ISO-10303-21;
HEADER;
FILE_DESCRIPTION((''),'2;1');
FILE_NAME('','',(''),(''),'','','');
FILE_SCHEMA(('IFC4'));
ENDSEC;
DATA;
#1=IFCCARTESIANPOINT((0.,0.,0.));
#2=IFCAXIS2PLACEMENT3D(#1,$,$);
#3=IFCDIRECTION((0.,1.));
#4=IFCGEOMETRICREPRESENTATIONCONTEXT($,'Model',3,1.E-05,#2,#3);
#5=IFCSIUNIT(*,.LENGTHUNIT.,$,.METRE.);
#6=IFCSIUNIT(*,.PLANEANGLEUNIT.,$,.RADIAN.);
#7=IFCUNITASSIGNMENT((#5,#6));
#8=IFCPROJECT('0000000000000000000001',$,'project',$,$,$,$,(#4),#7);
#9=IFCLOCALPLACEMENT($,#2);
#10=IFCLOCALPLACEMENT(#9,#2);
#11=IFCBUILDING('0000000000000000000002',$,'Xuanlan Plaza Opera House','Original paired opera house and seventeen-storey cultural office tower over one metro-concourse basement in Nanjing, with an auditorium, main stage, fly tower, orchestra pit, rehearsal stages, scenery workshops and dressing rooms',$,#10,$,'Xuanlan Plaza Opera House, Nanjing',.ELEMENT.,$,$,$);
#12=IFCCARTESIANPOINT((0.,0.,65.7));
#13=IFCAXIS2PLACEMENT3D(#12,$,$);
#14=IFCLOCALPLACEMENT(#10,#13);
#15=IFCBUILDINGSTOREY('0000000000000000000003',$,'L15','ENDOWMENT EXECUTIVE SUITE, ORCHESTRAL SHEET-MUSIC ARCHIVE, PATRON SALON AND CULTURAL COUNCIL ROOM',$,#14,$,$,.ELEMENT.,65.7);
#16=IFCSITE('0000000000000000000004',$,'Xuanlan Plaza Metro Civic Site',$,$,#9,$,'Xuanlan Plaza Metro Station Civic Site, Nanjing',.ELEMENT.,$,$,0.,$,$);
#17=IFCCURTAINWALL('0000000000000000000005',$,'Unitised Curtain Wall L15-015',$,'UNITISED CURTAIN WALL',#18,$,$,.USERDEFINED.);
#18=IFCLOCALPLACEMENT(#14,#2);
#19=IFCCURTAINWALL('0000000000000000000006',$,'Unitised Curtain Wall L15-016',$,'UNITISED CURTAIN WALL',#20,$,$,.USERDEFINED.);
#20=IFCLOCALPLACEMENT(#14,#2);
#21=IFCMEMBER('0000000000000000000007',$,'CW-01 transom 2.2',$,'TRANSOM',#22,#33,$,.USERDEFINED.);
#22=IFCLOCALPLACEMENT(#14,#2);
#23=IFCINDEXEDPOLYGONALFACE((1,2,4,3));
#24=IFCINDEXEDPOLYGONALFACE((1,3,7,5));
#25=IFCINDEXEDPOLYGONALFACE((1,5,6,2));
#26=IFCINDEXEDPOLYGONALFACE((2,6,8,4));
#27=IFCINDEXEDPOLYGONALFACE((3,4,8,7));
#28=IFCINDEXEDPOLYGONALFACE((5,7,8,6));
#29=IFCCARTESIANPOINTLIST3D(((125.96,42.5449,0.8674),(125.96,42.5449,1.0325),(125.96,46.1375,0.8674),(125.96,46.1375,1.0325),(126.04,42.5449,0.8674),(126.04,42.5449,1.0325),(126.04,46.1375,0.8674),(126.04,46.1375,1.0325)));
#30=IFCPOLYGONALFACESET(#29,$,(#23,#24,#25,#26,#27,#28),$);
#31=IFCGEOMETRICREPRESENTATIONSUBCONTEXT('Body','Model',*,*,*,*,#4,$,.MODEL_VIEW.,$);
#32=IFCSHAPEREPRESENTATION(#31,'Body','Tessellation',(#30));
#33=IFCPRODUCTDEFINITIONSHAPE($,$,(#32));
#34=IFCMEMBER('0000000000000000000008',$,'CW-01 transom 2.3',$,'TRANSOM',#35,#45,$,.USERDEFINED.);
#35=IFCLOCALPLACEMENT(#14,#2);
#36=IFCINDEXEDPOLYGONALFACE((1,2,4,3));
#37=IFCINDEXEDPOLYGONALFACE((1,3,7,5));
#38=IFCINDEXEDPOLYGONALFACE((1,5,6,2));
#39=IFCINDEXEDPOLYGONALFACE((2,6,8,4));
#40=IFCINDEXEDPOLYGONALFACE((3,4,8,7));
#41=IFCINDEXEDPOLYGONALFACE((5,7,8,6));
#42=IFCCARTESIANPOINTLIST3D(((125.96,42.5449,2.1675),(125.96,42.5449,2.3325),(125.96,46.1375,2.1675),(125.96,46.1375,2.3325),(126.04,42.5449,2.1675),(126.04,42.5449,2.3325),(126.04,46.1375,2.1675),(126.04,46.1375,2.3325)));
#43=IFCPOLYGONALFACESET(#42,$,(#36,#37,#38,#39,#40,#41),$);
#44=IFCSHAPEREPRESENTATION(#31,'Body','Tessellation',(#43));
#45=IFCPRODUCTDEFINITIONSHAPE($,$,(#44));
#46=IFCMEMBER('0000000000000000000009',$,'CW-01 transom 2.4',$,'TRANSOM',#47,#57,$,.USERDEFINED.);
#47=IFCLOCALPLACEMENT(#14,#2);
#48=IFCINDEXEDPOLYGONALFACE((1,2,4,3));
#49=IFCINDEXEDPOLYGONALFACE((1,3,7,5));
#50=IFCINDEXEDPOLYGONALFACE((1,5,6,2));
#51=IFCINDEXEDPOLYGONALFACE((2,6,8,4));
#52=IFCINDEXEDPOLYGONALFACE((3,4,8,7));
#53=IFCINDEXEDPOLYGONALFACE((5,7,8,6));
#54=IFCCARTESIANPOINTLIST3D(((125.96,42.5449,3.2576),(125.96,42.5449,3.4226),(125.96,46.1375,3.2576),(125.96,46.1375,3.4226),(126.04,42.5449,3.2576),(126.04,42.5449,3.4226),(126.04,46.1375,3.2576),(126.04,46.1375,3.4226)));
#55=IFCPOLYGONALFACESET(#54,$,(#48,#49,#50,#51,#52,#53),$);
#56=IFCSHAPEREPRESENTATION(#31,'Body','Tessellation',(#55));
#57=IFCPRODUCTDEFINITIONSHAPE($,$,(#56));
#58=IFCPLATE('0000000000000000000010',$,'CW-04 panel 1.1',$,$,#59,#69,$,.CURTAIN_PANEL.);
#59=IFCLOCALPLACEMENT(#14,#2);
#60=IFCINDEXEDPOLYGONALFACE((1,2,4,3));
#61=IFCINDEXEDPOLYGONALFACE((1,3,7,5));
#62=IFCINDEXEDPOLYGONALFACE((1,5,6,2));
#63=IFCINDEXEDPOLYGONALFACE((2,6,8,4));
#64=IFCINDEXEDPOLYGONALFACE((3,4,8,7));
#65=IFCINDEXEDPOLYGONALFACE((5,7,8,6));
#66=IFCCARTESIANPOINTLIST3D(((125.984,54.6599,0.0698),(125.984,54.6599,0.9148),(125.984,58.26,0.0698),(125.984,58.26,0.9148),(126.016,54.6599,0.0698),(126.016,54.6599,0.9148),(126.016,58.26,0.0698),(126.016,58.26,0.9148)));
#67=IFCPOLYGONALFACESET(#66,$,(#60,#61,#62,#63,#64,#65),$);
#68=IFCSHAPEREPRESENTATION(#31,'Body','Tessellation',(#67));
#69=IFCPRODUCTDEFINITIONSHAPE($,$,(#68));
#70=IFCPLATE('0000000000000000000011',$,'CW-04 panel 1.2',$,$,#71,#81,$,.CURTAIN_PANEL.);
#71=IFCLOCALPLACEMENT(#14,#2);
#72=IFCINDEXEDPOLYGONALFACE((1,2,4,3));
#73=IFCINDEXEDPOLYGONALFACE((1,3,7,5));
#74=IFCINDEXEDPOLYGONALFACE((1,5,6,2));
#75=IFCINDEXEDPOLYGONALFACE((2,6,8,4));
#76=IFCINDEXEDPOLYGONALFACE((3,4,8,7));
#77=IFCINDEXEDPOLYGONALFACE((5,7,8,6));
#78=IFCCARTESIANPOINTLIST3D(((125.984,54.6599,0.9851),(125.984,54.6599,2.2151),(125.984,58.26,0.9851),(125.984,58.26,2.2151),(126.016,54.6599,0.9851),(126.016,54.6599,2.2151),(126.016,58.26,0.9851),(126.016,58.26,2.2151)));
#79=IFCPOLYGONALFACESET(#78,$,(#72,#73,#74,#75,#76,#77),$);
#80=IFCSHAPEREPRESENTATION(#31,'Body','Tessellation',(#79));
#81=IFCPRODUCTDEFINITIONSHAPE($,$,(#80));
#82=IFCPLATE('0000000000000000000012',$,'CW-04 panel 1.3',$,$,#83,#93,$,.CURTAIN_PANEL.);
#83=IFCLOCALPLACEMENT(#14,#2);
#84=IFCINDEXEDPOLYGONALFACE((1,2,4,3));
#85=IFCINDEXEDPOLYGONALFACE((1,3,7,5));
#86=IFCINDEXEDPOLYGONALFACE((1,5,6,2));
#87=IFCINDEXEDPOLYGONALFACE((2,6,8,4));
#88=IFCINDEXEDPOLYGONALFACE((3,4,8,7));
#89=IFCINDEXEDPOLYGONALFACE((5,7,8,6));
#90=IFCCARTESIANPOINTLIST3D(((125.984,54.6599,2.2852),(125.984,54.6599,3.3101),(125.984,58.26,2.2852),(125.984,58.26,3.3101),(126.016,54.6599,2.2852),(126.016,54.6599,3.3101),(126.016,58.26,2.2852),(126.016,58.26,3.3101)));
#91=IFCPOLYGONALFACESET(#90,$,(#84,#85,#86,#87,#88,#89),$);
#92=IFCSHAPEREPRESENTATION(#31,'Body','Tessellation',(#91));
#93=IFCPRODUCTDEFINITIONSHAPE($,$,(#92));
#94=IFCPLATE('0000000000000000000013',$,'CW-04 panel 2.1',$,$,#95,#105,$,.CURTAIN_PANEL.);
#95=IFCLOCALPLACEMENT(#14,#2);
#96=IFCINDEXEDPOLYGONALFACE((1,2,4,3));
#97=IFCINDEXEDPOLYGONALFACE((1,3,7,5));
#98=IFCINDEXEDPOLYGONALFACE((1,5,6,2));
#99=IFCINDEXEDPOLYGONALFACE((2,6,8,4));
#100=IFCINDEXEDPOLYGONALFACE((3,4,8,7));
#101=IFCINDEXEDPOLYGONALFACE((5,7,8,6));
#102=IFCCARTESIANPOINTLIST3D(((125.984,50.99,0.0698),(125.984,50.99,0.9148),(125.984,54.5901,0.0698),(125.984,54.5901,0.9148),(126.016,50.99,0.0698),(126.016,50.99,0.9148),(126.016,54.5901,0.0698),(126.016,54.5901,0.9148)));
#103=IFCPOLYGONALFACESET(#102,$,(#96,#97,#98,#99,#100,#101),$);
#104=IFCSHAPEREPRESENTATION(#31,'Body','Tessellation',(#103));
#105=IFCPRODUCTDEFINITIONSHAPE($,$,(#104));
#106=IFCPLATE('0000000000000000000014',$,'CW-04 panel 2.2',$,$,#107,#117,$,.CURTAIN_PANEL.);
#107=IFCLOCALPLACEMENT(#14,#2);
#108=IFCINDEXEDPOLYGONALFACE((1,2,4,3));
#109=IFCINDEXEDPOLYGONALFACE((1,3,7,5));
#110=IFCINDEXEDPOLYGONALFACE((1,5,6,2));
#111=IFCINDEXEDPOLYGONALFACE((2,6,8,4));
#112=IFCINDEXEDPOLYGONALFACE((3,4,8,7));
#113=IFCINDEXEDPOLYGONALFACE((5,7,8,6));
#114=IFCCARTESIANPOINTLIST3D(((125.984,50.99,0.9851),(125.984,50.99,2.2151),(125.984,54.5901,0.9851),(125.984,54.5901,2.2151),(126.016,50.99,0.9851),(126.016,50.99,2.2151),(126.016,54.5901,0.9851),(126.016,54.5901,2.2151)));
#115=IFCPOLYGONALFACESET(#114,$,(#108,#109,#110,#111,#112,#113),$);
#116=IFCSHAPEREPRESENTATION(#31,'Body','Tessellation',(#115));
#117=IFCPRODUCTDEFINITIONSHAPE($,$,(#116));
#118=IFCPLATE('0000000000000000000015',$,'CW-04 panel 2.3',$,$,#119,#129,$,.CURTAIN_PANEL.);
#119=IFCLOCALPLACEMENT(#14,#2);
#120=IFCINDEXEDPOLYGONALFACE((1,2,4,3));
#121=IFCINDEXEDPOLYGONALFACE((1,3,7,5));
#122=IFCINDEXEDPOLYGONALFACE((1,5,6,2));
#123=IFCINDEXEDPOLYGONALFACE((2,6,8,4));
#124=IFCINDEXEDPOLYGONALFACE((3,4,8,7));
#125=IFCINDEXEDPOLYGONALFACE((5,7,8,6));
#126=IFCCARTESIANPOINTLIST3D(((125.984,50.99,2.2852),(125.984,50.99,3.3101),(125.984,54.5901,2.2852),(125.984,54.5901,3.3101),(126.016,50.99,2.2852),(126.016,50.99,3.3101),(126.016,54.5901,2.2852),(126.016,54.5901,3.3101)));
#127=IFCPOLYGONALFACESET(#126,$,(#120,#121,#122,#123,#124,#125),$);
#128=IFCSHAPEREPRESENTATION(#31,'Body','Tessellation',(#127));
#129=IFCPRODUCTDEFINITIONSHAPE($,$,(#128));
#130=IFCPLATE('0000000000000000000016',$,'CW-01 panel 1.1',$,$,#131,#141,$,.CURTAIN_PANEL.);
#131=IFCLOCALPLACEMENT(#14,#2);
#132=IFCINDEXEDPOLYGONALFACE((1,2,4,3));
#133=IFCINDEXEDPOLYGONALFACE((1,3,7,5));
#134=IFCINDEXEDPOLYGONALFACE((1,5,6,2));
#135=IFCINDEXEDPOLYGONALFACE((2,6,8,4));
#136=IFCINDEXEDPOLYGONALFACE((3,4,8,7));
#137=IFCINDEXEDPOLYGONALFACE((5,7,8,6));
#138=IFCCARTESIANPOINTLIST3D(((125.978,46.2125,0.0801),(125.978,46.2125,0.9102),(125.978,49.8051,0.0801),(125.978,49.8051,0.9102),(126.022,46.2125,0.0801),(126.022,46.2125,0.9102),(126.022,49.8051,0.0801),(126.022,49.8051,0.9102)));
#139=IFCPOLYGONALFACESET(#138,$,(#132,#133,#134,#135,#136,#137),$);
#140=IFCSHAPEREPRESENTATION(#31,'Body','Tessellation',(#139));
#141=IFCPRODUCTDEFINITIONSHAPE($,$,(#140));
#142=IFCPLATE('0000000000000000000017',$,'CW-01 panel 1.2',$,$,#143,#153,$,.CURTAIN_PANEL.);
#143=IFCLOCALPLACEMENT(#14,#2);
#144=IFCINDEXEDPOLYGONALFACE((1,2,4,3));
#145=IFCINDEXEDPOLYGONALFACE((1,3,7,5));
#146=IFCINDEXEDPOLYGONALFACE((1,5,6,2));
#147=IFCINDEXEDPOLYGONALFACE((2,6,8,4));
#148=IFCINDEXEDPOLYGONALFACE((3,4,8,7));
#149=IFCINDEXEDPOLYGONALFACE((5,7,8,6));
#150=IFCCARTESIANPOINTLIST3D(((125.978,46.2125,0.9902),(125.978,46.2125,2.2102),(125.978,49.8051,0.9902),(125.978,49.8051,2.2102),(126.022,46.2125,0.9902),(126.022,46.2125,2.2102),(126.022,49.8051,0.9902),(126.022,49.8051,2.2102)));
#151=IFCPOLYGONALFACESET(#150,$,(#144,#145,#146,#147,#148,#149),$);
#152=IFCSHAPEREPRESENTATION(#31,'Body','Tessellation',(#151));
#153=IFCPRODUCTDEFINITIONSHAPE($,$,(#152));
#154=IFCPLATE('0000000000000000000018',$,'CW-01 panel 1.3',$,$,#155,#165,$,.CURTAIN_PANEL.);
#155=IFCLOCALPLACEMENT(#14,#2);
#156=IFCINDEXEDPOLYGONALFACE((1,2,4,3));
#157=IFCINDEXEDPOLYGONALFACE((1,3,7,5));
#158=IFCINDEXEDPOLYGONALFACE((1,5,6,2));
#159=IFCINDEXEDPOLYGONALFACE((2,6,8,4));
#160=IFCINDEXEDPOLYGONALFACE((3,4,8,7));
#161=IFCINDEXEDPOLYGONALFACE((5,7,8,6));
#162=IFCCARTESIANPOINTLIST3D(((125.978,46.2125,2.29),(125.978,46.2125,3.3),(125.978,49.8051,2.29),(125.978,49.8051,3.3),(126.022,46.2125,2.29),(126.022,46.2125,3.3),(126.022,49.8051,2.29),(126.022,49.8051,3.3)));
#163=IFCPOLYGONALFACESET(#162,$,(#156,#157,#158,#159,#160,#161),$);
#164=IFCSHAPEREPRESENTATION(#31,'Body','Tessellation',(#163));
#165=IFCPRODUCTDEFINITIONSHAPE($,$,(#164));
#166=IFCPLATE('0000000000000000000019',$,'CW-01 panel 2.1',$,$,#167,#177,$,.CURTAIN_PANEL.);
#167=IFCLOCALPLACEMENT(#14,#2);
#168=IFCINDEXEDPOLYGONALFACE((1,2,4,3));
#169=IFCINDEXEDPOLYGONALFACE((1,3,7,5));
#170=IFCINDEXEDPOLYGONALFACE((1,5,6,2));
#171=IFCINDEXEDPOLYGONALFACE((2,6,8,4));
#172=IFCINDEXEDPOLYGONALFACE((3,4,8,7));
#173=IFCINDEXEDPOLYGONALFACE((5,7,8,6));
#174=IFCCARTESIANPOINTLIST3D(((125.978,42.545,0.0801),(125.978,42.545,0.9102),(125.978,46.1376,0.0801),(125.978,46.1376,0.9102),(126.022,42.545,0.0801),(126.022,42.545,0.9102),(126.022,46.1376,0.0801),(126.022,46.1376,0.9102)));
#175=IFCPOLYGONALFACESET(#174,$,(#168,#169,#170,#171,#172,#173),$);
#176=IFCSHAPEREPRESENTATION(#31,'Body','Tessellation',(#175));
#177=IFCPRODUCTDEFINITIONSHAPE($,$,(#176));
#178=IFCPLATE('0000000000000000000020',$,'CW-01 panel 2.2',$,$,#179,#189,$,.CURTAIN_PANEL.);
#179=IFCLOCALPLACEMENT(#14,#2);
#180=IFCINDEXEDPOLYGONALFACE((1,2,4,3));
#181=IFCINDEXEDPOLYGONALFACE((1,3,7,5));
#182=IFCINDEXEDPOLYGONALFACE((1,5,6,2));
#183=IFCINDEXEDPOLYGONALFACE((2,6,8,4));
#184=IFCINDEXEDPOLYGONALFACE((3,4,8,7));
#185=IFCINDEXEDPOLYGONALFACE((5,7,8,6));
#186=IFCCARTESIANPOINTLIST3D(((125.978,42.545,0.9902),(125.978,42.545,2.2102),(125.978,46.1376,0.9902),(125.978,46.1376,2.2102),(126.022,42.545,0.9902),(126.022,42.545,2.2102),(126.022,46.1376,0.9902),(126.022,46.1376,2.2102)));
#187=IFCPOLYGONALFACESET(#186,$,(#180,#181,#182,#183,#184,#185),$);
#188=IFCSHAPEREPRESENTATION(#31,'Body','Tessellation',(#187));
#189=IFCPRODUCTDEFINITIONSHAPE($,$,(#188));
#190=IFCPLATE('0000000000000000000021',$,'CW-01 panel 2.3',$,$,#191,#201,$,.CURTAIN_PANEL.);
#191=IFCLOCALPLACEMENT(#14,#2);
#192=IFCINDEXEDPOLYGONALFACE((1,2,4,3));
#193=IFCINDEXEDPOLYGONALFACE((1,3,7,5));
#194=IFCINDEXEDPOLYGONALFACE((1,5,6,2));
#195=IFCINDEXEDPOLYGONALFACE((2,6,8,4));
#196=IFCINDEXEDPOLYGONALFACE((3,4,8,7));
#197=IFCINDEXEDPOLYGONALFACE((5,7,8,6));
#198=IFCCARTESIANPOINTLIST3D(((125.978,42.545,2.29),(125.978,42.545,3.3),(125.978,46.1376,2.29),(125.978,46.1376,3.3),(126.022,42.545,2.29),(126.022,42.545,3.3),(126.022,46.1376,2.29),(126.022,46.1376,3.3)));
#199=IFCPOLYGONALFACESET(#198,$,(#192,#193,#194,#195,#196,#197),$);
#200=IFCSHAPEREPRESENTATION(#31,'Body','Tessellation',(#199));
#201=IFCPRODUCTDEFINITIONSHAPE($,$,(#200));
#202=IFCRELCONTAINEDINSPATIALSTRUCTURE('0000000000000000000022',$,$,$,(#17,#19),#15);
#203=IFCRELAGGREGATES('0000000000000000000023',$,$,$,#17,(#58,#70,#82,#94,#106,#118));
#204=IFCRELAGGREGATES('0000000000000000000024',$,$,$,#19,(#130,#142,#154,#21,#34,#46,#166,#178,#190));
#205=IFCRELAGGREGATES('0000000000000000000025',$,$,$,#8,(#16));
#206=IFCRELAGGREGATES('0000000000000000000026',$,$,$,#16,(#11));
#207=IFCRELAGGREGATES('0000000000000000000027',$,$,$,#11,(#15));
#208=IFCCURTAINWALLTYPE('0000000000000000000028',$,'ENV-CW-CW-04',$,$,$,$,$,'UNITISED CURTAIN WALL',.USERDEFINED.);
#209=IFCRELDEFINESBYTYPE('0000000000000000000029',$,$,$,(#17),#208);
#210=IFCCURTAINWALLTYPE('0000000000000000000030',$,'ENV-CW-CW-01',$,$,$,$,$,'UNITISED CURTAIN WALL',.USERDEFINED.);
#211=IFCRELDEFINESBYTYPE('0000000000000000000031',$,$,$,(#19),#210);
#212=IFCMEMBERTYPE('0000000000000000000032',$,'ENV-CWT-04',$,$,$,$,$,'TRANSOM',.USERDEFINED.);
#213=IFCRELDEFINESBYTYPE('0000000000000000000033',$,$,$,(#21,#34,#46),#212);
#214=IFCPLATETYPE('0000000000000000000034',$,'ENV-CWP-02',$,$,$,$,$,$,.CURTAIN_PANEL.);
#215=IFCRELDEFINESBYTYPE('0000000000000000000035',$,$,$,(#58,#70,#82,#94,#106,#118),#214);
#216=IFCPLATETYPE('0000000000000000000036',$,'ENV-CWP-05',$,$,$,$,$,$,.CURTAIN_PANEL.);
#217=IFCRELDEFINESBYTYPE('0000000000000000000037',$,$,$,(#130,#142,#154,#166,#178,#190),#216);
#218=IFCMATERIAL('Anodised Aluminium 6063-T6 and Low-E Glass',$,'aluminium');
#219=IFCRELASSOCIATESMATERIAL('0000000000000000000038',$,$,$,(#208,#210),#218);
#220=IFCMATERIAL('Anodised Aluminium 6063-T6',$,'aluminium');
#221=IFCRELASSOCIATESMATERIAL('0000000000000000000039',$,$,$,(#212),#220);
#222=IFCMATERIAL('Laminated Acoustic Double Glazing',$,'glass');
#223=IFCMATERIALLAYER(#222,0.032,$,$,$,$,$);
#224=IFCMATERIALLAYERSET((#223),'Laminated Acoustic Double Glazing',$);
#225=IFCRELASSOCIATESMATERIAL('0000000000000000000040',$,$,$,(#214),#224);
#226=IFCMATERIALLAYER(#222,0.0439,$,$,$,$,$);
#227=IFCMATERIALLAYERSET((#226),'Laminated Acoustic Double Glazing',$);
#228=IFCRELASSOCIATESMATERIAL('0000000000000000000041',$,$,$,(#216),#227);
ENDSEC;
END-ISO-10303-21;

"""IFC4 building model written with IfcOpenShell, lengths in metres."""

from ifc_helpers import new_model, si_unit, direction, frame, origin, origin_2d, place, context, subcontext, project, spatial, rectangle, extrude, material, layer, layer_set, material_profile, profile_set, type_object, element, aggregate, save


model = new_model("IFC4")

# Units and contexts
model_context = context("Model", 3, precision=1e-05, world=origin(), true_north=direction((0.0, 1.0)))
body_context = subcontext(model_context, "Body", "Model", "MODEL_VIEW")
ifc_project = project(units=[si_unit("LENGTHUNIT", "METRE"), si_unit("PLANEANGLEUNIT", "RADIAN")], contexts=[model_context])

# Site, building, storey
site_placement = place(None, origin())
site = spatial("IfcSite", under=ifc_project, at=site_placement, Name="Xuanlan Plaza Metro Civic Site", LongName="Xuanlan Plaza Metro Station Civic Site, Nanjing", CompositionType="ELEMENT", RefElevation=0.0)
building_placement = place(site_placement, origin())
building = spatial("IfcBuilding", under=site, at=building_placement, Name="Xuanlan Plaza Opera House", Description="Original paired opera house and seventeen-storey cultural office tower over one metro-concourse basement in Nanjing, with an auditorium, main stage, fly tower, orchestra pit, rehearsal stages, scenery workshops and dressing rooms", LongName="Xuanlan Plaza Opera House, Nanjing", CompositionType="ELEMENT")
storey_placement = place(building_placement, frame((0.0, 0.0, 65.7)))
storey = spatial("IfcBuildingStorey", under=building, at=storey_placement, Name="L15", Description="ENDOWMENT EXECUTIVE SUITE, ORCHESTRAL SHEET-MUSIC ARCHIVE, PATRON SALON AND CULTURAL COUNCIL ROOM", CompositionType="ELEMENT", Elevation=65.7)

# Curtain walls
ifc_material_1 = material(Name="Anodised Aluminium 6063-T6 and Low-E Glass", Category="aluminium")
curtain_wall_type_1 = type_object("IfcCurtainWallType", Name="ENV-CW-CW-04", ElementType="UNITISED CURTAIN WALL", PredefinedType="USERDEFINED", material=ifc_material_1)
curtain_wall_1_placement = place(storey_placement, origin())
curtain_wall_1 = element("IfcCurtainWall", 1, at=curtain_wall_1_placement, inside=storey, type_object=curtain_wall_type_1, Name="Unitised Curtain Wall L15-015", ObjectType="UNITISED CURTAIN WALL", PredefinedType="USERDEFINED")
ifc_material_2 = material(Name="Anodised Aluminium 6063-T6", Category="aluminium")
curtain_wall_type_2 = type_object("IfcCurtainWallType", Name="ENV-CW-CW-01", ElementType="UNITISED CURTAIN WALL", PredefinedType="USERDEFINED", material=ifc_material_1)
curtain_wall_2_placement = place(storey_placement, origin())
curtain_wall_2 = element("IfcCurtainWall", 2, at=curtain_wall_2_placement, inside=storey, type_object=curtain_wall_type_2, Name="Unitised Curtain Wall L15-016", ObjectType="UNITISED CURTAIN WALL", PredefinedType="USERDEFINED")

# Members
ifc_material_profile_1 = material_profile(ifc_material_2, rectangle(XDim=0.0801, YDim=0.165, at=origin_2d()), Name="ALU-T 80x165")
ifc_profile_set_1 = profile_set([ifc_material_profile_1], Name="Anodised Aluminium 6063-T6")
member_type_1 = type_object("IfcMemberType", Name="ENV-CWT-04", ElementType="TRANSOM", PredefinedType="USERDEFINED", material=ifc_profile_set_1)
member_1_placement = place(storey_placement, frame((126.0, 46.1375, 0.95), z_axis=(0.0, -1.0, 0.0), x_axis=(1.0, 0.0, 0.0)))
member_1 = element("IfcMember", 3, at=member_1_placement, type_object=member_type_1, Name="CW-01 transom 2.2", ObjectType="TRANSOM", PredefinedType="USERDEFINED", context=body_context, shape_type="SweptSolid", body=[
    extrude(rectangle(XDim=0.0801, YDim=0.165, at=origin_2d()), origin(), (0.0, 0.0, 1.0), 3.5925),
])
member_2_placement = place(storey_placement, frame((126.0, 46.1375, 2.25), z_axis=(0.0, -1.0, 0.0), x_axis=(1.0, 0.0, 0.0)))
member_2 = element("IfcMember", 4, at=member_2_placement, type_object=member_type_1, Name="CW-01 transom 2.3", ObjectType="TRANSOM", PredefinedType="USERDEFINED", context=body_context, shape_type="SweptSolid", body=[
    extrude(rectangle(XDim=0.0801, YDim=0.165, at=origin_2d()), origin(), (0.0, 0.0, 1.0), 3.5925),
])
member_3_placement = place(storey_placement, frame((126.0, 46.1375, 3.3401), z_axis=(0.0, -1.0, 0.0), x_axis=(1.0, 0.0, 0.0)))
member_3 = element("IfcMember", 5, at=member_3_placement, type_object=member_type_1, Name="CW-01 transom 2.4", ObjectType="TRANSOM", PredefinedType="USERDEFINED", context=body_context, shape_type="SweptSolid", body=[
    extrude(rectangle(XDim=0.0801, YDim=0.165, at=origin_2d()), origin(), (0.0, 0.0, 1.0), 3.5925),
])

# Plates
ifc_material_3 = material(Name="Laminated Acoustic Double Glazing", Category="glass")
ifc_layer_1 = layer(ifc_material_3, 0.032)
ifc_layer_set_1 = layer_set([ifc_layer_1], Name="Laminated Acoustic Double Glazing")
plate_type_1 = type_object("IfcPlateType", Name="ENV-CWP-02", PredefinedType="CURTAIN_PANEL", material=ifc_layer_set_1)
plate_1_placement = place(storey_placement, frame((126.0, 56.46, 0.0698), z_axis=(0.0, 0.0, 1.0), x_axis=(0.0, -1.0, 0.0)))
plate_1 = element("IfcPlate", 6, at=plate_1_placement, type_object=plate_type_1, Name="CW-04 panel 1.1", PredefinedType="CURTAIN_PANEL", context=body_context, shape_type="SweptSolid", body=[
    extrude(rectangle(XDim=3.6001, YDim=0.032, at=origin_2d()), origin(), (0.0, 0.0, 1.0), 0.845),
])
plate_2_placement = place(storey_placement, frame((126.0, 56.46, 0.9851), z_axis=(0.0, 0.0, 1.0), x_axis=(0.0, -1.0, 0.0)))
plate_2 = element("IfcPlate", 7, at=plate_2_placement, type_object=plate_type_1, Name="CW-04 panel 1.2", PredefinedType="CURTAIN_PANEL", context=body_context, shape_type="SweptSolid", body=[
    extrude(rectangle(XDim=3.6001, YDim=0.032, at=origin_2d()), origin(), (0.0, 0.0, 1.0), 1.23),
])
plate_3_placement = place(storey_placement, frame((126.0, 56.46, 2.2852), z_axis=(0.0, 0.0, 1.0), x_axis=(0.0, -1.0, 0.0)))
plate_3 = element("IfcPlate", 8, at=plate_3_placement, type_object=plate_type_1, Name="CW-04 panel 1.3", PredefinedType="CURTAIN_PANEL", context=body_context, shape_type="SweptSolid", body=[
    extrude(rectangle(XDim=3.6001, YDim=0.032, at=origin_2d()), origin(), (0.0, 0.0, 1.0), 1.0249),
])
plate_4_placement = place(storey_placement, frame((126.0, 52.79, 0.0698), z_axis=(0.0, 0.0, 1.0), x_axis=(0.0, -1.0, 0.0)))
plate_4 = element("IfcPlate", 9, at=plate_4_placement, type_object=plate_type_1, Name="CW-04 panel 2.1", PredefinedType="CURTAIN_PANEL", context=body_context, shape_type="SweptSolid", body=[
    extrude(rectangle(XDim=3.6001, YDim=0.032, at=origin_2d()), origin(), (0.0, 0.0, 1.0), 0.845),
])
plate_5_placement = place(storey_placement, frame((126.0, 52.79, 0.9851), z_axis=(0.0, 0.0, 1.0), x_axis=(0.0, -1.0, 0.0)))
plate_5 = element("IfcPlate", 10, at=plate_5_placement, type_object=plate_type_1, Name="CW-04 panel 2.2", PredefinedType="CURTAIN_PANEL", context=body_context, shape_type="SweptSolid", body=[
    extrude(rectangle(XDim=3.6001, YDim=0.032, at=origin_2d()), origin(), (0.0, 0.0, 1.0), 1.23),
])
plate_6_placement = place(storey_placement, frame((126.0, 52.79, 2.2852), z_axis=(0.0, 0.0, 1.0), x_axis=(0.0, -1.0, 0.0)))
plate_6 = element("IfcPlate", 11, at=plate_6_placement, type_object=plate_type_1, Name="CW-04 panel 2.3", PredefinedType="CURTAIN_PANEL", context=body_context, shape_type="SweptSolid", body=[
    extrude(rectangle(XDim=3.6001, YDim=0.032, at=origin_2d()), origin(), (0.0, 0.0, 1.0), 1.0249),
])
aggregate(curtain_wall_1, [plate_1, plate_2, plate_3, plate_4, plate_5, plate_6])
ifc_layer_2 = layer(ifc_material_3, 0.0439)
ifc_layer_set_2 = layer_set([ifc_layer_2], Name="Laminated Acoustic Double Glazing")
plate_type_2 = type_object("IfcPlateType", Name="ENV-CWP-05", PredefinedType="CURTAIN_PANEL", material=ifc_layer_set_2)
plate_7_placement = place(storey_placement, frame((126.0, 48.0088, 0.0801), z_axis=(0.0, 0.0, 1.0), x_axis=(0.0, -1.0, 0.0)))
plate_7 = element("IfcPlate", 12, at=plate_7_placement, type_object=plate_type_2, Name="CW-01 panel 1.1", PredefinedType="CURTAIN_PANEL", context=body_context, shape_type="SweptSolid", body=[
    extrude(rectangle(XDim=3.5925, YDim=0.0439, at=origin_2d()), origin(), (0.0, 0.0, 1.0), 0.8301),
])
plate_8_placement = place(storey_placement, frame((126.0, 48.0088, 0.9902), z_axis=(0.0, 0.0, 1.0), x_axis=(0.0, -1.0, 0.0)))
plate_8 = element("IfcPlate", 13, at=plate_8_placement, type_object=plate_type_2, Name="CW-01 panel 1.2", PredefinedType="CURTAIN_PANEL", context=body_context, shape_type="SweptSolid", body=[
    extrude(rectangle(XDim=3.5925, YDim=0.0439, at=origin_2d()), origin(), (0.0, 0.0, 1.0), 1.22),
])
plate_9_placement = place(storey_placement, frame((126.0, 48.0088, 2.29), z_axis=(0.0, 0.0, 1.0), x_axis=(0.0, -1.0, 0.0)))
plate_9 = element("IfcPlate", 14, at=plate_9_placement, type_object=plate_type_2, Name="CW-01 panel 1.3", PredefinedType="CURTAIN_PANEL", context=body_context, shape_type="SweptSolid", body=[
    extrude(rectangle(XDim=3.5925, YDim=0.0439, at=origin_2d()), origin(), (0.0, 0.0, 1.0), 1.01),
])
plate_10_placement = place(storey_placement, frame((126.0, 44.3413, 0.0801), z_axis=(0.0, 0.0, 1.0), x_axis=(0.0, -1.0, 0.0)))
plate_10 = element("IfcPlate", 15, at=plate_10_placement, type_object=plate_type_2, Name="CW-01 panel 2.1", PredefinedType="CURTAIN_PANEL", context=body_context, shape_type="SweptSolid", body=[
    extrude(rectangle(XDim=3.5925, YDim=0.0439, at=origin_2d()), origin(), (0.0, 0.0, 1.0), 0.8301),
])
plate_11_placement = place(storey_placement, frame((126.0, 44.3413, 0.9902), z_axis=(0.0, 0.0, 1.0), x_axis=(0.0, -1.0, 0.0)))
plate_11 = element("IfcPlate", 16, at=plate_11_placement, type_object=plate_type_2, Name="CW-01 panel 2.2", PredefinedType="CURTAIN_PANEL", context=body_context, shape_type="SweptSolid", body=[
    extrude(rectangle(XDim=3.5925, YDim=0.0439, at=origin_2d()), origin(), (0.0, 0.0, 1.0), 1.22),
])
plate_12_placement = place(storey_placement, frame((126.0, 44.3413, 2.29), z_axis=(0.0, 0.0, 1.0), x_axis=(0.0, -1.0, 0.0)))
plate_12 = element("IfcPlate", 17, at=plate_12_placement, type_object=plate_type_2, Name="CW-01 panel 2.3", PredefinedType="CURTAIN_PANEL", context=body_context, shape_type="SweptSolid", body=[
    extrude(rectangle(XDim=3.5925, YDim=0.0439, at=origin_2d()), origin(), (0.0, 0.0, 1.0), 1.01),
])
aggregate(curtain_wall_2, [plate_7, plate_8, plate_9, member_1, member_2, member_3, plate_10, plate_11, plate_12])

save(model, "model.ifc")
